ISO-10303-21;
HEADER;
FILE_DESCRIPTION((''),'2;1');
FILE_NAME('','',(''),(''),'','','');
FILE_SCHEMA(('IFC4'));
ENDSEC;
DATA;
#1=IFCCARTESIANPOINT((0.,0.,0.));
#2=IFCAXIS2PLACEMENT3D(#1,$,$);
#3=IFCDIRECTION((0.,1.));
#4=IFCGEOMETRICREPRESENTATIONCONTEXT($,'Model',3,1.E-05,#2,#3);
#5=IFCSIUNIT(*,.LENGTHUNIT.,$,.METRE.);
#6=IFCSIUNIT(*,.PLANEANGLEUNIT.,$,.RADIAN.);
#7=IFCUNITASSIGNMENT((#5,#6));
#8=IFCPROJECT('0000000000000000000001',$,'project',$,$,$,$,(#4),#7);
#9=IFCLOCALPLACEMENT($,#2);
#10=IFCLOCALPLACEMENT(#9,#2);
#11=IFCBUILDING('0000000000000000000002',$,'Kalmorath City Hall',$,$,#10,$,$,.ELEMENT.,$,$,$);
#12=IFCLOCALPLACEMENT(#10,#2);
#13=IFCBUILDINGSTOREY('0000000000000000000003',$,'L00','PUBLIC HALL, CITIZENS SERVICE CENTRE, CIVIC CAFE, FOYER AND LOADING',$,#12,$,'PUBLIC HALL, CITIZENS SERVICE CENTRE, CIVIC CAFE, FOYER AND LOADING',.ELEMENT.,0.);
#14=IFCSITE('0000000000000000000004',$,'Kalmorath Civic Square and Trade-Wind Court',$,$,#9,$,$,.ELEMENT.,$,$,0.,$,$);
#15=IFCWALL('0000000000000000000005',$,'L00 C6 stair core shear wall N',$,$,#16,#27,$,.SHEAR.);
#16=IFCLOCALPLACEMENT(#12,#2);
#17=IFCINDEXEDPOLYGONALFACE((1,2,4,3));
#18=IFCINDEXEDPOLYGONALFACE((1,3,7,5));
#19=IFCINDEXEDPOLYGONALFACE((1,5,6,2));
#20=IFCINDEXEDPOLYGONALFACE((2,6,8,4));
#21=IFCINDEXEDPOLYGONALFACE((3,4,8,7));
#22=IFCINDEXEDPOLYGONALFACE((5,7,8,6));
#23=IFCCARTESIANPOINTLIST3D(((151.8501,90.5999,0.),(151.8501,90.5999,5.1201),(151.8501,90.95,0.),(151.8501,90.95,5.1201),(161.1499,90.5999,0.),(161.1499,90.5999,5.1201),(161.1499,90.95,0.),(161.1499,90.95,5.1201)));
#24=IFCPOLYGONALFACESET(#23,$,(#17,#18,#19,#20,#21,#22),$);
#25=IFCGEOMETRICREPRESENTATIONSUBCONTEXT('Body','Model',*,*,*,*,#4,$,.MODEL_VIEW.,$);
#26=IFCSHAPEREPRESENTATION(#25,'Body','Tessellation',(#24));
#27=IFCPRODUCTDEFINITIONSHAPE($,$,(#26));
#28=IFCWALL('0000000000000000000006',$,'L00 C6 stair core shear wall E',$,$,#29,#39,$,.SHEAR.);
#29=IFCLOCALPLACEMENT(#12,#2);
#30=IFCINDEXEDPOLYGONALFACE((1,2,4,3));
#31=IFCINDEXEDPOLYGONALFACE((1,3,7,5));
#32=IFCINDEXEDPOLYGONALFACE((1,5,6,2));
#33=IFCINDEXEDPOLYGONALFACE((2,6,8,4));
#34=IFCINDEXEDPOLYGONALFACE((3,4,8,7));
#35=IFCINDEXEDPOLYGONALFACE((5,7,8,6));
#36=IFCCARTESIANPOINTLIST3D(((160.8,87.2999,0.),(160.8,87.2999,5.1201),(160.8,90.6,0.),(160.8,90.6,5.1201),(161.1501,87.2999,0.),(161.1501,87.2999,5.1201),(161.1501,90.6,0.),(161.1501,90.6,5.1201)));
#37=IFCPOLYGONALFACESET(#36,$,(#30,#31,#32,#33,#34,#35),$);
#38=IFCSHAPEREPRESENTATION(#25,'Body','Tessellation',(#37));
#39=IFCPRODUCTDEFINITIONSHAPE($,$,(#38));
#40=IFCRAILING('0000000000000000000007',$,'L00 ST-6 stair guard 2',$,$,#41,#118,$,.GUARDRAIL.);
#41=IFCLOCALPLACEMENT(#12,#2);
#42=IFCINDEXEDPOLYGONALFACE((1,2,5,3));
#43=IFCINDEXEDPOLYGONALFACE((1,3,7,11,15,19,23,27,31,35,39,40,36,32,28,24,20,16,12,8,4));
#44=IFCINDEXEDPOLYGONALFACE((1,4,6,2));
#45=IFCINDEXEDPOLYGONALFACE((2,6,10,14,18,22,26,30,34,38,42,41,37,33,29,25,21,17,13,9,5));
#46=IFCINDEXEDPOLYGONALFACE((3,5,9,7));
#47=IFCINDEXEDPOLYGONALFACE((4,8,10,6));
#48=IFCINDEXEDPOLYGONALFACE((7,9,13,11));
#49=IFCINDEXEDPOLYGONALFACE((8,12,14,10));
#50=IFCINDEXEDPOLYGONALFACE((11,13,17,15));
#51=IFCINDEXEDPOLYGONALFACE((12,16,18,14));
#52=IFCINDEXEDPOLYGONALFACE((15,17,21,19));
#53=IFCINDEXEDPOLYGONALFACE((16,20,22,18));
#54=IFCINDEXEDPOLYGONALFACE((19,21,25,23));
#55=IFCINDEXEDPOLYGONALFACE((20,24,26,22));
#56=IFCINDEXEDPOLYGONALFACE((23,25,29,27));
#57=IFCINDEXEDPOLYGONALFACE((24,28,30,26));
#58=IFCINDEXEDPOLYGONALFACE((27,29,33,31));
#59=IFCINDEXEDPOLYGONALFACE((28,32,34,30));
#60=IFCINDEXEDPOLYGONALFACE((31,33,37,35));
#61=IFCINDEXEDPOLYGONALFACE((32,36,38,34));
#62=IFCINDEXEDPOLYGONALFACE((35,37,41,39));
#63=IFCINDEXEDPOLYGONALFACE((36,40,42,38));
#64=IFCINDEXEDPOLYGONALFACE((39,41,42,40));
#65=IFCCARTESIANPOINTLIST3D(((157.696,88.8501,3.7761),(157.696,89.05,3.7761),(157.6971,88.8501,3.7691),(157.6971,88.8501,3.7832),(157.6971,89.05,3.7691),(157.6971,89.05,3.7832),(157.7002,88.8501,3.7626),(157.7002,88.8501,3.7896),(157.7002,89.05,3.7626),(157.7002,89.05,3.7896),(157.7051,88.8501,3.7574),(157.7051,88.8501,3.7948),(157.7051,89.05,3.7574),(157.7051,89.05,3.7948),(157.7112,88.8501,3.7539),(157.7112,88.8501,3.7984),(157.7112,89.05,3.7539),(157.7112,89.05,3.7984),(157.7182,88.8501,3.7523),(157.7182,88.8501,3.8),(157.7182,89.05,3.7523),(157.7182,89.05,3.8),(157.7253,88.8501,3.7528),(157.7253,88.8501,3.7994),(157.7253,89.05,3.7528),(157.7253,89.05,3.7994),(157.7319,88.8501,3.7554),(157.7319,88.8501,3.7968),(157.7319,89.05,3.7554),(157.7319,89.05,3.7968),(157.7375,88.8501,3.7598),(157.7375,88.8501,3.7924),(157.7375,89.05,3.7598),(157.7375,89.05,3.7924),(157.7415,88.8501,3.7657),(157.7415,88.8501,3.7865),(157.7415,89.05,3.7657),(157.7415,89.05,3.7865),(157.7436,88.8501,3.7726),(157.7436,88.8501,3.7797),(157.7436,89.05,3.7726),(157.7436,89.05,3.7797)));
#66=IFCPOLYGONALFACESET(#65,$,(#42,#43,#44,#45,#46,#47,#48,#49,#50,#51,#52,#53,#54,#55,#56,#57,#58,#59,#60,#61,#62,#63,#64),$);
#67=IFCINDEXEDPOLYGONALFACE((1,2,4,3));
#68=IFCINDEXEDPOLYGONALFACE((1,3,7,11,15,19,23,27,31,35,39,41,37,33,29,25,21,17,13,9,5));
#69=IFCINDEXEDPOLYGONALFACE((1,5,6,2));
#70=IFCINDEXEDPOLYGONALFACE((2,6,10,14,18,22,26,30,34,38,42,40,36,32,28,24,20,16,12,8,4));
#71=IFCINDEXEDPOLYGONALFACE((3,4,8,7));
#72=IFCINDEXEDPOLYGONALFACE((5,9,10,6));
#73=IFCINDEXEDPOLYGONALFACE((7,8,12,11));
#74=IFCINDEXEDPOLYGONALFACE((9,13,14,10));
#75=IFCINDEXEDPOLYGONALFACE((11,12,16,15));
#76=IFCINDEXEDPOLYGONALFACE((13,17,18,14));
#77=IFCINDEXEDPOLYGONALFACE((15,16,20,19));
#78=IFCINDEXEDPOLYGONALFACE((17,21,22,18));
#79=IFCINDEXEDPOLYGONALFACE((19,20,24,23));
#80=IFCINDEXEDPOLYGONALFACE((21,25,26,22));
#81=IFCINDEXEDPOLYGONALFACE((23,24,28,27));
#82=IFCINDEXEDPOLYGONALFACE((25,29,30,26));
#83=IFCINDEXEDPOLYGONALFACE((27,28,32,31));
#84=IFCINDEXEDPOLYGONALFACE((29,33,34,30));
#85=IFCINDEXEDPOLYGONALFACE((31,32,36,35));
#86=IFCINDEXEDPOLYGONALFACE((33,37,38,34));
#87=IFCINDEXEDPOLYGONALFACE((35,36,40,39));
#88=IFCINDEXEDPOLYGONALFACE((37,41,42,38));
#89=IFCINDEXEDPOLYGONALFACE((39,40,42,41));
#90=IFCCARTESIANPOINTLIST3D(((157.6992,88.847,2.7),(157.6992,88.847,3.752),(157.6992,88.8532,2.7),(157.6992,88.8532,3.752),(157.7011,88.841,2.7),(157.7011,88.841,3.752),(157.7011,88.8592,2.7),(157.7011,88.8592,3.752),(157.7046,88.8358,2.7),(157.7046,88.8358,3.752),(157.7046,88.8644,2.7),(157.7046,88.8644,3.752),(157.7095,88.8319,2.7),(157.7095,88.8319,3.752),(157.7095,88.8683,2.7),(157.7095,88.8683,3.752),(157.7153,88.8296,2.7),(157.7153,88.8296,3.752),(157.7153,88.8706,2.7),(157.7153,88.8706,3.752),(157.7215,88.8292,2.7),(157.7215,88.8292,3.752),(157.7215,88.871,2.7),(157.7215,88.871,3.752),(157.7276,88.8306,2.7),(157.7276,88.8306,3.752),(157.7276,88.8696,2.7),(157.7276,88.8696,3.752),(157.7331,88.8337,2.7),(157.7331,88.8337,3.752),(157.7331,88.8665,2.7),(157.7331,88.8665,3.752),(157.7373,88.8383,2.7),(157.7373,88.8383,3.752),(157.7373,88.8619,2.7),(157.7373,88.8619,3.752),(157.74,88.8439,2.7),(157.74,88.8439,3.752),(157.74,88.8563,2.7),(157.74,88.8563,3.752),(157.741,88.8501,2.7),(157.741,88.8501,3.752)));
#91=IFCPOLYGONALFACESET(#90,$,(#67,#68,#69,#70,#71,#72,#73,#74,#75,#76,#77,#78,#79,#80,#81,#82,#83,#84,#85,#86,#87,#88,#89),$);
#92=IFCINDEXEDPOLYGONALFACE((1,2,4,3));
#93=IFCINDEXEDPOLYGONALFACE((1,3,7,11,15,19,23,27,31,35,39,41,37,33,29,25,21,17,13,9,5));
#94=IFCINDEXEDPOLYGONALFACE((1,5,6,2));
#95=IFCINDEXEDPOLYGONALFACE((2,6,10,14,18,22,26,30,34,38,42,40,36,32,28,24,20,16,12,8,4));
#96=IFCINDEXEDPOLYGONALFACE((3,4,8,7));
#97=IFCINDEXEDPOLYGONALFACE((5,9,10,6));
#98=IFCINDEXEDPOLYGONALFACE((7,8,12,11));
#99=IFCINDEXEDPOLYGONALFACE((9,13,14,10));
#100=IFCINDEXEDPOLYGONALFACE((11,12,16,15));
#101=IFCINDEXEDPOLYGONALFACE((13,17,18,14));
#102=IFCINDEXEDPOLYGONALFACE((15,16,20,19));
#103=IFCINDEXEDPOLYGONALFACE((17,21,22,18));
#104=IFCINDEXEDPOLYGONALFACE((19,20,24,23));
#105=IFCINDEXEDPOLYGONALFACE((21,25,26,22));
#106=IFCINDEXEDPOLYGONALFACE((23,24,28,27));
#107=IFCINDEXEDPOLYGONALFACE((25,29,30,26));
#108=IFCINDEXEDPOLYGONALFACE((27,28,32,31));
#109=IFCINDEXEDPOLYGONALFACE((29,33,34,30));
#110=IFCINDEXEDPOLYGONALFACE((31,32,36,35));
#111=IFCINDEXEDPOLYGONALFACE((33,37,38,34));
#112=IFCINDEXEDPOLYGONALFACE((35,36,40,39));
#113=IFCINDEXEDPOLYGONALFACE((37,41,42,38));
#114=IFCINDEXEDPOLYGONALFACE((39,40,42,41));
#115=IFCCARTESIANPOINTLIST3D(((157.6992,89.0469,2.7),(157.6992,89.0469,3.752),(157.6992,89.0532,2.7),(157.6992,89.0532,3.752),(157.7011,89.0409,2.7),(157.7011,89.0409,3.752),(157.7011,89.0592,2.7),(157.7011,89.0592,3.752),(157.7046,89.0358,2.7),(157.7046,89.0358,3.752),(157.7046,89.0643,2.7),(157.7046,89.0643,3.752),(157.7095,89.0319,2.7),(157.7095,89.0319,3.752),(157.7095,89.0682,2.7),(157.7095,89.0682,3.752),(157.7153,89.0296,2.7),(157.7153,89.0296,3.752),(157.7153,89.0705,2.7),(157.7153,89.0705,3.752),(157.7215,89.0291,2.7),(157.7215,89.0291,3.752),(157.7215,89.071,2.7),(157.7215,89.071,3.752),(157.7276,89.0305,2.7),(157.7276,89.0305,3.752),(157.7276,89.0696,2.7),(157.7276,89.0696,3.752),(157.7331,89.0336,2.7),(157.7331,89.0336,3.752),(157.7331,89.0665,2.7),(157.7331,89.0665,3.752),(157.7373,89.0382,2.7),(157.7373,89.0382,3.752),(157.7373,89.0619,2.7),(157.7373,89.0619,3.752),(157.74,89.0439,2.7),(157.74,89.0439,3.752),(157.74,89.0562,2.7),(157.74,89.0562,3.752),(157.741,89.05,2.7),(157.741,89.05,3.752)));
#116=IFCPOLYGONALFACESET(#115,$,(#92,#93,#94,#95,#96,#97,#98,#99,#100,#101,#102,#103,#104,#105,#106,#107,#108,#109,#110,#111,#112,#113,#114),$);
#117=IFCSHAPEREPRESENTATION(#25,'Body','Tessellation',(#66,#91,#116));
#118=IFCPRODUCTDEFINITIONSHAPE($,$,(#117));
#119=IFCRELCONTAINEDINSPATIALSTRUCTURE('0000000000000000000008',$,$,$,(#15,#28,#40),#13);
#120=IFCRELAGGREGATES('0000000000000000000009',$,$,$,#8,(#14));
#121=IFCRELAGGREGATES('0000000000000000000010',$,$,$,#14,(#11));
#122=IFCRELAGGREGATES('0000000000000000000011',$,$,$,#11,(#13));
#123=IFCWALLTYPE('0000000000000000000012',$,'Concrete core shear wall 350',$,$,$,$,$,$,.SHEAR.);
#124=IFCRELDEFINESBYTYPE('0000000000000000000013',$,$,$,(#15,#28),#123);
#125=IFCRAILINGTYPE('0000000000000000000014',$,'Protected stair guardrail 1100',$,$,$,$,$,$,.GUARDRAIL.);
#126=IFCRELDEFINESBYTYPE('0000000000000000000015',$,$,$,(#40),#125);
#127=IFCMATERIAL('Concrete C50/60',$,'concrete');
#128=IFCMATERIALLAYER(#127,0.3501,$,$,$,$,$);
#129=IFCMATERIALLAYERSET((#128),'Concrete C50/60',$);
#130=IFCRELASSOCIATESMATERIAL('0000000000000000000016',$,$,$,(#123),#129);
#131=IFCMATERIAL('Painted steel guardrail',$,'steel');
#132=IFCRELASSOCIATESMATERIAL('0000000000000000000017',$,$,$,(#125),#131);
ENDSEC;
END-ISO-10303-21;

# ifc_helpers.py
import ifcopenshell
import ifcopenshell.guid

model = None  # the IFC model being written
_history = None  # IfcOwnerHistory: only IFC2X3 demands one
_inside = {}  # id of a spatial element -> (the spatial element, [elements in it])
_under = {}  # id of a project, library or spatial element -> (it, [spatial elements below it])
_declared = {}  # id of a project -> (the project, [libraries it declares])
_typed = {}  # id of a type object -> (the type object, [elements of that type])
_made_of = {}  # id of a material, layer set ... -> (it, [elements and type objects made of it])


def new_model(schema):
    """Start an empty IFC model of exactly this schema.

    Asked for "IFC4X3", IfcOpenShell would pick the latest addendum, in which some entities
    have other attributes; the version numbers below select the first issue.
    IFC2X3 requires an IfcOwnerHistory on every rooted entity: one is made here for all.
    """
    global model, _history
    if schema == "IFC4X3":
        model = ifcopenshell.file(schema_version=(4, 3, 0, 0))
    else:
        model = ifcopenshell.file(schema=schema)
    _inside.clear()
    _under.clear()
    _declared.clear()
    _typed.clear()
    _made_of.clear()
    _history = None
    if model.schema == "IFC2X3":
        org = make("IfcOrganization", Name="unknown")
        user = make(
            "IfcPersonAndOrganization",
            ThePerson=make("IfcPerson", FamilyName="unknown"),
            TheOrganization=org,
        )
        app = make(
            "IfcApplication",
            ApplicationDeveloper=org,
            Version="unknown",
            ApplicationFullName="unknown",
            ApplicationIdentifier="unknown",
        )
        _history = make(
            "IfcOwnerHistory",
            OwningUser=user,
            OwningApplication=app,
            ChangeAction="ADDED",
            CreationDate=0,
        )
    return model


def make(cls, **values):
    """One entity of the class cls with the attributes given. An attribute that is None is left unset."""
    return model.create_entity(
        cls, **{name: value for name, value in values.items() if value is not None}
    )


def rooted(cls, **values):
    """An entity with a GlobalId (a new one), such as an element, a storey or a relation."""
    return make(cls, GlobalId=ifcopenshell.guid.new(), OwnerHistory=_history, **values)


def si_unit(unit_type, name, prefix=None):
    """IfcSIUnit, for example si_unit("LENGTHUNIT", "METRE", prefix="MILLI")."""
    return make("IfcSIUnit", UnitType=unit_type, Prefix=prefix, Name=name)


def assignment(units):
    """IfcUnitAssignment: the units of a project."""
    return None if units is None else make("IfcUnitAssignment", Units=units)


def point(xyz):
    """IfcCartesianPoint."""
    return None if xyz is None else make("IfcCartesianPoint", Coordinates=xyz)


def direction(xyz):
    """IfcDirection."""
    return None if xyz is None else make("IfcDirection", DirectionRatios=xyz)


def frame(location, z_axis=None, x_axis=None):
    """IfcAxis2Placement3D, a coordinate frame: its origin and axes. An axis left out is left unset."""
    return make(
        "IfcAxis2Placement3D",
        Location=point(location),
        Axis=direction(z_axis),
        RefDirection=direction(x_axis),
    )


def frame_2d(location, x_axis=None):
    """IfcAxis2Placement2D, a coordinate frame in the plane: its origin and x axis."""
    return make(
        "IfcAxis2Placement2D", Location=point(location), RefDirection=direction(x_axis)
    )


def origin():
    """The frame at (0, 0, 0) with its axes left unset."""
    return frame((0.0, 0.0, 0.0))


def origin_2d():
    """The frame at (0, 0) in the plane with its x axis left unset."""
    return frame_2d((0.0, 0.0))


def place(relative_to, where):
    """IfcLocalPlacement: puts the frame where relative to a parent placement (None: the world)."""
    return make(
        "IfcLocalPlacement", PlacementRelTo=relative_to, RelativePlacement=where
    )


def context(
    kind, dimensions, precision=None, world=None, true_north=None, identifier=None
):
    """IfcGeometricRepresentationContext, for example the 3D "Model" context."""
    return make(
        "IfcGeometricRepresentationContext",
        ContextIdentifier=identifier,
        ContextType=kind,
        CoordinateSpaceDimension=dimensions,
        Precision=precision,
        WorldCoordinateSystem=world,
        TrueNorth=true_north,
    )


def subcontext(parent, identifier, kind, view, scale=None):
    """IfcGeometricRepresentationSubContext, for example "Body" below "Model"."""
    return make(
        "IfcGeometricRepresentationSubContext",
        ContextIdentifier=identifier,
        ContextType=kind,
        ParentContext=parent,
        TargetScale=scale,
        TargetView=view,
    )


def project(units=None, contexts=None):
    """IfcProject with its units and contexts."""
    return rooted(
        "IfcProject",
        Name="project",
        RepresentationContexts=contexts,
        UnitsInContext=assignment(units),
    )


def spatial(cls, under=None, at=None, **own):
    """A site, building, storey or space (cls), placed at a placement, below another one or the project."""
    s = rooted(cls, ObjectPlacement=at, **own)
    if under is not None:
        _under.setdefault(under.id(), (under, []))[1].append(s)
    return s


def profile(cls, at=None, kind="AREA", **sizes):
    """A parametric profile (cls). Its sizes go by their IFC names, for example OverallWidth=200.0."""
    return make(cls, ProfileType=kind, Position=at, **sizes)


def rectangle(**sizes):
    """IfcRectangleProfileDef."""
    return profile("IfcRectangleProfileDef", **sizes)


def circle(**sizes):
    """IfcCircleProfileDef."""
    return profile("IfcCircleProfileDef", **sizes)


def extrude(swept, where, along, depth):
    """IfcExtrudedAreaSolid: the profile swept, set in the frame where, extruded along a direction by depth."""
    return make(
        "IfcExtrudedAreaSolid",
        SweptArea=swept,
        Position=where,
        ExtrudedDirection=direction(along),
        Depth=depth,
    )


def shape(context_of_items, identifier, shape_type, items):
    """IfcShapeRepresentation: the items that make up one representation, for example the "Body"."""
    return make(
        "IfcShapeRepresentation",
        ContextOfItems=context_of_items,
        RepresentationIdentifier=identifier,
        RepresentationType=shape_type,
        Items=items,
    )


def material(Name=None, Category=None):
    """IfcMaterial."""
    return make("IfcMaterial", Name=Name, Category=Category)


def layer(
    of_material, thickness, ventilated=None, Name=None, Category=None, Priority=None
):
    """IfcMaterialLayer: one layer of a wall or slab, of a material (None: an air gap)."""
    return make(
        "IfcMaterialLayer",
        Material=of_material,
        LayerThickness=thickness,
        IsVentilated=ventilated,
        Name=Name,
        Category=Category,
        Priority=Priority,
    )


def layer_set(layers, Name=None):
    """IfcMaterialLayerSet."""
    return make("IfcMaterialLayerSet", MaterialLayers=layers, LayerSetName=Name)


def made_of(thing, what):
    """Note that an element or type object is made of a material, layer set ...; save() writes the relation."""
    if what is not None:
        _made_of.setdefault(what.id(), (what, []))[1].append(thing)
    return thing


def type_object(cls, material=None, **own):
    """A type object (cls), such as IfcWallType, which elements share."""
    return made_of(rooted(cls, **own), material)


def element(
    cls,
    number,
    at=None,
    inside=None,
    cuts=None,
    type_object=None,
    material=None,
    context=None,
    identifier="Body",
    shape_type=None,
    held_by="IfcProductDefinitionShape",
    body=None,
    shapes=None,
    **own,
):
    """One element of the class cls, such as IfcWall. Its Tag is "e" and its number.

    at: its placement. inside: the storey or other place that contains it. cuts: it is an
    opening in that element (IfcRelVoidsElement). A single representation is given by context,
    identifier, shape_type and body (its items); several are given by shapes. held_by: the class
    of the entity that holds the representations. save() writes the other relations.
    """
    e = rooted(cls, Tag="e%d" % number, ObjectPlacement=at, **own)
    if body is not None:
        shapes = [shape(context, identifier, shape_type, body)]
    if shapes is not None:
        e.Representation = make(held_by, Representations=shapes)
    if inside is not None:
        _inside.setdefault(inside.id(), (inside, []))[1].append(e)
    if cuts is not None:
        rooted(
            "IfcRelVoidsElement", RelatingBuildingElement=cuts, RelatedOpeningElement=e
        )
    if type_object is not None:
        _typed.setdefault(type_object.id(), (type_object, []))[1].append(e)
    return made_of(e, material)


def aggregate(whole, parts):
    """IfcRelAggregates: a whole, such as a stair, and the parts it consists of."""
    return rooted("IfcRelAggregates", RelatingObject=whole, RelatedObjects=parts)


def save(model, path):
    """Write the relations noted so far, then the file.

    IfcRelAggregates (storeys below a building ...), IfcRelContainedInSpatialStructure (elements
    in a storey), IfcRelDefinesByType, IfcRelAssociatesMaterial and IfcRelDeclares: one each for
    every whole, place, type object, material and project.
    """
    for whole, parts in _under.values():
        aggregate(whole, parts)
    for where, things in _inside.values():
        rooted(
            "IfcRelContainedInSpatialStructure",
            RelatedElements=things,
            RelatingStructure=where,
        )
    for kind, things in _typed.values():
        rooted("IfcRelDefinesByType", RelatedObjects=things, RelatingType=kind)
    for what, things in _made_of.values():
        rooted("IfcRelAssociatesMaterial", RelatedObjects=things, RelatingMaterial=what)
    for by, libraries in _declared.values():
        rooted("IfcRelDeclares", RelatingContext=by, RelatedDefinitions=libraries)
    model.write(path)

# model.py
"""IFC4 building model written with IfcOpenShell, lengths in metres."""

from ifc_helpers import new_model, si_unit, direction, frame, frame_2d, origin, origin_2d, place, context, subcontext, project, spatial, rectangle, circle, extrude, material, layer, layer_set, type_object, element, save


model = new_model("IFC4")

# Units and contexts
model_context = context("Model", 3, precision=1e-05, world=origin(), true_north=direction((0.0, 1.0)))
body_context = subcontext(model_context, "Body", "Model", "MODEL_VIEW")
ifc_project = project(units=[si_unit("LENGTHUNIT", "METRE"), si_unit("PLANEANGLEUNIT", "RADIAN")], contexts=[model_context])

# Site, building, storey
site_placement = place(None, origin())
site = spatial("IfcSite", under=ifc_project, at=site_placement, Name="Kalmorath Civic Square and Trade-Wind Court", CompositionType="ELEMENT", RefElevation=0.0)
building_placement = place(site_placement, origin())
building = spatial("IfcBuilding", under=site, at=building_placement, Name="Kalmorath City Hall", CompositionType="ELEMENT")
storey_placement = place(building_placement, origin())
storey = spatial("IfcBuildingStorey", under=building, at=storey_placement, Name="L00", Description="PUBLIC HALL, CITIZENS SERVICE CENTRE, CIVIC CAFE, FOYER AND LOADING", LongName="PUBLIC HALL, CITIZENS SERVICE CENTRE, CIVIC CAFE, FOYER AND LOADING", CompositionType="ELEMENT", Elevation=0.0)

# Walls
ifc_material_1 = material(Name="Concrete C50/60", Category="concrete")
ifc_layer_1 = layer(ifc_material_1, 0.3501)
ifc_layer_set_1 = layer_set([ifc_layer_1], Name="Concrete C50/60")
wall_type_1 = type_object("IfcWallType", Name="Concrete core shear wall 350", PredefinedType="SHEAR", material=ifc_layer_set_1)
wall_1_placement = place(storey_placement, frame((161.1499, 90.7749, 0.0), z_axis=(0.0, 0.0, 1.0), x_axis=(-1.0, 0.0, 0.0)))
element("IfcWall", 1, at=wall_1_placement, inside=storey, type_object=wall_type_1, Name="L00 C6 stair core shear wall N", PredefinedType="SHEAR", context=body_context, shape_type="SweptSolid", body=[
    extrude(rectangle(XDim=9.2998, YDim=0.3501, at=frame_2d((4.6499, 0.0))), origin(), (0.0, 0.0, 1.0), 5.1201),
])
wall_2_placement = place(storey_placement, frame((160.9751, 87.3, 0.0), z_axis=(0.0, 0.0, 1.0), x_axis=(0.0, 1.0, 0.0)))
element("IfcWall", 2, at=wall_2_placement, inside=storey, type_object=wall_type_1, Name="L00 C6 stair core shear wall E", PredefinedType="SHEAR", context=body_context, shape_type="SweptSolid", body=[
    extrude(rectangle(XDim=3.3, YDim=0.3501, at=frame_2d((1.6499, 0.0))), origin(), (0.0, 0.0, 1.0), 5.1201),
])

# Railing
ifc_material_2 = material(Name="Painted steel guardrail", Category="steel")
railing_type_1 = type_object("IfcRailingType", Name="Protected stair guardrail 1100", PredefinedType="GUARDRAIL", material=ifc_material_2)
railing_1_placement = place(storey_placement, frame((157.72, 88.8501, 2.7)))
element("IfcRailing", 3, at=railing_1_placement, inside=storey, type_object=railing_type_1, Name="L00 ST-6 stair guard 2", PredefinedType="GUARDRAIL", context=body_context, shape_type="SweptSolid", body=[
    extrude(circle(Radius=0.0239, at=origin_2d()), frame((0.0, 0.0, 1.0762), z_axis=(0.0, 1.0, 0.0), x_axis=(-1.0, 0.0, 0.0)), (0.0, 0.0, 1.0), 0.2),
    extrude(circle(Radius=0.021, at=origin_2d()), origin(), (0.0, 0.0, 1.0), 1.052),
    extrude(circle(Radius=0.021, at=origin_2d()), frame((0.0, 0.2, 0.0)), (0.0, 0.0, 1.0), 1.052),
])

save(model, "model.ifc")
